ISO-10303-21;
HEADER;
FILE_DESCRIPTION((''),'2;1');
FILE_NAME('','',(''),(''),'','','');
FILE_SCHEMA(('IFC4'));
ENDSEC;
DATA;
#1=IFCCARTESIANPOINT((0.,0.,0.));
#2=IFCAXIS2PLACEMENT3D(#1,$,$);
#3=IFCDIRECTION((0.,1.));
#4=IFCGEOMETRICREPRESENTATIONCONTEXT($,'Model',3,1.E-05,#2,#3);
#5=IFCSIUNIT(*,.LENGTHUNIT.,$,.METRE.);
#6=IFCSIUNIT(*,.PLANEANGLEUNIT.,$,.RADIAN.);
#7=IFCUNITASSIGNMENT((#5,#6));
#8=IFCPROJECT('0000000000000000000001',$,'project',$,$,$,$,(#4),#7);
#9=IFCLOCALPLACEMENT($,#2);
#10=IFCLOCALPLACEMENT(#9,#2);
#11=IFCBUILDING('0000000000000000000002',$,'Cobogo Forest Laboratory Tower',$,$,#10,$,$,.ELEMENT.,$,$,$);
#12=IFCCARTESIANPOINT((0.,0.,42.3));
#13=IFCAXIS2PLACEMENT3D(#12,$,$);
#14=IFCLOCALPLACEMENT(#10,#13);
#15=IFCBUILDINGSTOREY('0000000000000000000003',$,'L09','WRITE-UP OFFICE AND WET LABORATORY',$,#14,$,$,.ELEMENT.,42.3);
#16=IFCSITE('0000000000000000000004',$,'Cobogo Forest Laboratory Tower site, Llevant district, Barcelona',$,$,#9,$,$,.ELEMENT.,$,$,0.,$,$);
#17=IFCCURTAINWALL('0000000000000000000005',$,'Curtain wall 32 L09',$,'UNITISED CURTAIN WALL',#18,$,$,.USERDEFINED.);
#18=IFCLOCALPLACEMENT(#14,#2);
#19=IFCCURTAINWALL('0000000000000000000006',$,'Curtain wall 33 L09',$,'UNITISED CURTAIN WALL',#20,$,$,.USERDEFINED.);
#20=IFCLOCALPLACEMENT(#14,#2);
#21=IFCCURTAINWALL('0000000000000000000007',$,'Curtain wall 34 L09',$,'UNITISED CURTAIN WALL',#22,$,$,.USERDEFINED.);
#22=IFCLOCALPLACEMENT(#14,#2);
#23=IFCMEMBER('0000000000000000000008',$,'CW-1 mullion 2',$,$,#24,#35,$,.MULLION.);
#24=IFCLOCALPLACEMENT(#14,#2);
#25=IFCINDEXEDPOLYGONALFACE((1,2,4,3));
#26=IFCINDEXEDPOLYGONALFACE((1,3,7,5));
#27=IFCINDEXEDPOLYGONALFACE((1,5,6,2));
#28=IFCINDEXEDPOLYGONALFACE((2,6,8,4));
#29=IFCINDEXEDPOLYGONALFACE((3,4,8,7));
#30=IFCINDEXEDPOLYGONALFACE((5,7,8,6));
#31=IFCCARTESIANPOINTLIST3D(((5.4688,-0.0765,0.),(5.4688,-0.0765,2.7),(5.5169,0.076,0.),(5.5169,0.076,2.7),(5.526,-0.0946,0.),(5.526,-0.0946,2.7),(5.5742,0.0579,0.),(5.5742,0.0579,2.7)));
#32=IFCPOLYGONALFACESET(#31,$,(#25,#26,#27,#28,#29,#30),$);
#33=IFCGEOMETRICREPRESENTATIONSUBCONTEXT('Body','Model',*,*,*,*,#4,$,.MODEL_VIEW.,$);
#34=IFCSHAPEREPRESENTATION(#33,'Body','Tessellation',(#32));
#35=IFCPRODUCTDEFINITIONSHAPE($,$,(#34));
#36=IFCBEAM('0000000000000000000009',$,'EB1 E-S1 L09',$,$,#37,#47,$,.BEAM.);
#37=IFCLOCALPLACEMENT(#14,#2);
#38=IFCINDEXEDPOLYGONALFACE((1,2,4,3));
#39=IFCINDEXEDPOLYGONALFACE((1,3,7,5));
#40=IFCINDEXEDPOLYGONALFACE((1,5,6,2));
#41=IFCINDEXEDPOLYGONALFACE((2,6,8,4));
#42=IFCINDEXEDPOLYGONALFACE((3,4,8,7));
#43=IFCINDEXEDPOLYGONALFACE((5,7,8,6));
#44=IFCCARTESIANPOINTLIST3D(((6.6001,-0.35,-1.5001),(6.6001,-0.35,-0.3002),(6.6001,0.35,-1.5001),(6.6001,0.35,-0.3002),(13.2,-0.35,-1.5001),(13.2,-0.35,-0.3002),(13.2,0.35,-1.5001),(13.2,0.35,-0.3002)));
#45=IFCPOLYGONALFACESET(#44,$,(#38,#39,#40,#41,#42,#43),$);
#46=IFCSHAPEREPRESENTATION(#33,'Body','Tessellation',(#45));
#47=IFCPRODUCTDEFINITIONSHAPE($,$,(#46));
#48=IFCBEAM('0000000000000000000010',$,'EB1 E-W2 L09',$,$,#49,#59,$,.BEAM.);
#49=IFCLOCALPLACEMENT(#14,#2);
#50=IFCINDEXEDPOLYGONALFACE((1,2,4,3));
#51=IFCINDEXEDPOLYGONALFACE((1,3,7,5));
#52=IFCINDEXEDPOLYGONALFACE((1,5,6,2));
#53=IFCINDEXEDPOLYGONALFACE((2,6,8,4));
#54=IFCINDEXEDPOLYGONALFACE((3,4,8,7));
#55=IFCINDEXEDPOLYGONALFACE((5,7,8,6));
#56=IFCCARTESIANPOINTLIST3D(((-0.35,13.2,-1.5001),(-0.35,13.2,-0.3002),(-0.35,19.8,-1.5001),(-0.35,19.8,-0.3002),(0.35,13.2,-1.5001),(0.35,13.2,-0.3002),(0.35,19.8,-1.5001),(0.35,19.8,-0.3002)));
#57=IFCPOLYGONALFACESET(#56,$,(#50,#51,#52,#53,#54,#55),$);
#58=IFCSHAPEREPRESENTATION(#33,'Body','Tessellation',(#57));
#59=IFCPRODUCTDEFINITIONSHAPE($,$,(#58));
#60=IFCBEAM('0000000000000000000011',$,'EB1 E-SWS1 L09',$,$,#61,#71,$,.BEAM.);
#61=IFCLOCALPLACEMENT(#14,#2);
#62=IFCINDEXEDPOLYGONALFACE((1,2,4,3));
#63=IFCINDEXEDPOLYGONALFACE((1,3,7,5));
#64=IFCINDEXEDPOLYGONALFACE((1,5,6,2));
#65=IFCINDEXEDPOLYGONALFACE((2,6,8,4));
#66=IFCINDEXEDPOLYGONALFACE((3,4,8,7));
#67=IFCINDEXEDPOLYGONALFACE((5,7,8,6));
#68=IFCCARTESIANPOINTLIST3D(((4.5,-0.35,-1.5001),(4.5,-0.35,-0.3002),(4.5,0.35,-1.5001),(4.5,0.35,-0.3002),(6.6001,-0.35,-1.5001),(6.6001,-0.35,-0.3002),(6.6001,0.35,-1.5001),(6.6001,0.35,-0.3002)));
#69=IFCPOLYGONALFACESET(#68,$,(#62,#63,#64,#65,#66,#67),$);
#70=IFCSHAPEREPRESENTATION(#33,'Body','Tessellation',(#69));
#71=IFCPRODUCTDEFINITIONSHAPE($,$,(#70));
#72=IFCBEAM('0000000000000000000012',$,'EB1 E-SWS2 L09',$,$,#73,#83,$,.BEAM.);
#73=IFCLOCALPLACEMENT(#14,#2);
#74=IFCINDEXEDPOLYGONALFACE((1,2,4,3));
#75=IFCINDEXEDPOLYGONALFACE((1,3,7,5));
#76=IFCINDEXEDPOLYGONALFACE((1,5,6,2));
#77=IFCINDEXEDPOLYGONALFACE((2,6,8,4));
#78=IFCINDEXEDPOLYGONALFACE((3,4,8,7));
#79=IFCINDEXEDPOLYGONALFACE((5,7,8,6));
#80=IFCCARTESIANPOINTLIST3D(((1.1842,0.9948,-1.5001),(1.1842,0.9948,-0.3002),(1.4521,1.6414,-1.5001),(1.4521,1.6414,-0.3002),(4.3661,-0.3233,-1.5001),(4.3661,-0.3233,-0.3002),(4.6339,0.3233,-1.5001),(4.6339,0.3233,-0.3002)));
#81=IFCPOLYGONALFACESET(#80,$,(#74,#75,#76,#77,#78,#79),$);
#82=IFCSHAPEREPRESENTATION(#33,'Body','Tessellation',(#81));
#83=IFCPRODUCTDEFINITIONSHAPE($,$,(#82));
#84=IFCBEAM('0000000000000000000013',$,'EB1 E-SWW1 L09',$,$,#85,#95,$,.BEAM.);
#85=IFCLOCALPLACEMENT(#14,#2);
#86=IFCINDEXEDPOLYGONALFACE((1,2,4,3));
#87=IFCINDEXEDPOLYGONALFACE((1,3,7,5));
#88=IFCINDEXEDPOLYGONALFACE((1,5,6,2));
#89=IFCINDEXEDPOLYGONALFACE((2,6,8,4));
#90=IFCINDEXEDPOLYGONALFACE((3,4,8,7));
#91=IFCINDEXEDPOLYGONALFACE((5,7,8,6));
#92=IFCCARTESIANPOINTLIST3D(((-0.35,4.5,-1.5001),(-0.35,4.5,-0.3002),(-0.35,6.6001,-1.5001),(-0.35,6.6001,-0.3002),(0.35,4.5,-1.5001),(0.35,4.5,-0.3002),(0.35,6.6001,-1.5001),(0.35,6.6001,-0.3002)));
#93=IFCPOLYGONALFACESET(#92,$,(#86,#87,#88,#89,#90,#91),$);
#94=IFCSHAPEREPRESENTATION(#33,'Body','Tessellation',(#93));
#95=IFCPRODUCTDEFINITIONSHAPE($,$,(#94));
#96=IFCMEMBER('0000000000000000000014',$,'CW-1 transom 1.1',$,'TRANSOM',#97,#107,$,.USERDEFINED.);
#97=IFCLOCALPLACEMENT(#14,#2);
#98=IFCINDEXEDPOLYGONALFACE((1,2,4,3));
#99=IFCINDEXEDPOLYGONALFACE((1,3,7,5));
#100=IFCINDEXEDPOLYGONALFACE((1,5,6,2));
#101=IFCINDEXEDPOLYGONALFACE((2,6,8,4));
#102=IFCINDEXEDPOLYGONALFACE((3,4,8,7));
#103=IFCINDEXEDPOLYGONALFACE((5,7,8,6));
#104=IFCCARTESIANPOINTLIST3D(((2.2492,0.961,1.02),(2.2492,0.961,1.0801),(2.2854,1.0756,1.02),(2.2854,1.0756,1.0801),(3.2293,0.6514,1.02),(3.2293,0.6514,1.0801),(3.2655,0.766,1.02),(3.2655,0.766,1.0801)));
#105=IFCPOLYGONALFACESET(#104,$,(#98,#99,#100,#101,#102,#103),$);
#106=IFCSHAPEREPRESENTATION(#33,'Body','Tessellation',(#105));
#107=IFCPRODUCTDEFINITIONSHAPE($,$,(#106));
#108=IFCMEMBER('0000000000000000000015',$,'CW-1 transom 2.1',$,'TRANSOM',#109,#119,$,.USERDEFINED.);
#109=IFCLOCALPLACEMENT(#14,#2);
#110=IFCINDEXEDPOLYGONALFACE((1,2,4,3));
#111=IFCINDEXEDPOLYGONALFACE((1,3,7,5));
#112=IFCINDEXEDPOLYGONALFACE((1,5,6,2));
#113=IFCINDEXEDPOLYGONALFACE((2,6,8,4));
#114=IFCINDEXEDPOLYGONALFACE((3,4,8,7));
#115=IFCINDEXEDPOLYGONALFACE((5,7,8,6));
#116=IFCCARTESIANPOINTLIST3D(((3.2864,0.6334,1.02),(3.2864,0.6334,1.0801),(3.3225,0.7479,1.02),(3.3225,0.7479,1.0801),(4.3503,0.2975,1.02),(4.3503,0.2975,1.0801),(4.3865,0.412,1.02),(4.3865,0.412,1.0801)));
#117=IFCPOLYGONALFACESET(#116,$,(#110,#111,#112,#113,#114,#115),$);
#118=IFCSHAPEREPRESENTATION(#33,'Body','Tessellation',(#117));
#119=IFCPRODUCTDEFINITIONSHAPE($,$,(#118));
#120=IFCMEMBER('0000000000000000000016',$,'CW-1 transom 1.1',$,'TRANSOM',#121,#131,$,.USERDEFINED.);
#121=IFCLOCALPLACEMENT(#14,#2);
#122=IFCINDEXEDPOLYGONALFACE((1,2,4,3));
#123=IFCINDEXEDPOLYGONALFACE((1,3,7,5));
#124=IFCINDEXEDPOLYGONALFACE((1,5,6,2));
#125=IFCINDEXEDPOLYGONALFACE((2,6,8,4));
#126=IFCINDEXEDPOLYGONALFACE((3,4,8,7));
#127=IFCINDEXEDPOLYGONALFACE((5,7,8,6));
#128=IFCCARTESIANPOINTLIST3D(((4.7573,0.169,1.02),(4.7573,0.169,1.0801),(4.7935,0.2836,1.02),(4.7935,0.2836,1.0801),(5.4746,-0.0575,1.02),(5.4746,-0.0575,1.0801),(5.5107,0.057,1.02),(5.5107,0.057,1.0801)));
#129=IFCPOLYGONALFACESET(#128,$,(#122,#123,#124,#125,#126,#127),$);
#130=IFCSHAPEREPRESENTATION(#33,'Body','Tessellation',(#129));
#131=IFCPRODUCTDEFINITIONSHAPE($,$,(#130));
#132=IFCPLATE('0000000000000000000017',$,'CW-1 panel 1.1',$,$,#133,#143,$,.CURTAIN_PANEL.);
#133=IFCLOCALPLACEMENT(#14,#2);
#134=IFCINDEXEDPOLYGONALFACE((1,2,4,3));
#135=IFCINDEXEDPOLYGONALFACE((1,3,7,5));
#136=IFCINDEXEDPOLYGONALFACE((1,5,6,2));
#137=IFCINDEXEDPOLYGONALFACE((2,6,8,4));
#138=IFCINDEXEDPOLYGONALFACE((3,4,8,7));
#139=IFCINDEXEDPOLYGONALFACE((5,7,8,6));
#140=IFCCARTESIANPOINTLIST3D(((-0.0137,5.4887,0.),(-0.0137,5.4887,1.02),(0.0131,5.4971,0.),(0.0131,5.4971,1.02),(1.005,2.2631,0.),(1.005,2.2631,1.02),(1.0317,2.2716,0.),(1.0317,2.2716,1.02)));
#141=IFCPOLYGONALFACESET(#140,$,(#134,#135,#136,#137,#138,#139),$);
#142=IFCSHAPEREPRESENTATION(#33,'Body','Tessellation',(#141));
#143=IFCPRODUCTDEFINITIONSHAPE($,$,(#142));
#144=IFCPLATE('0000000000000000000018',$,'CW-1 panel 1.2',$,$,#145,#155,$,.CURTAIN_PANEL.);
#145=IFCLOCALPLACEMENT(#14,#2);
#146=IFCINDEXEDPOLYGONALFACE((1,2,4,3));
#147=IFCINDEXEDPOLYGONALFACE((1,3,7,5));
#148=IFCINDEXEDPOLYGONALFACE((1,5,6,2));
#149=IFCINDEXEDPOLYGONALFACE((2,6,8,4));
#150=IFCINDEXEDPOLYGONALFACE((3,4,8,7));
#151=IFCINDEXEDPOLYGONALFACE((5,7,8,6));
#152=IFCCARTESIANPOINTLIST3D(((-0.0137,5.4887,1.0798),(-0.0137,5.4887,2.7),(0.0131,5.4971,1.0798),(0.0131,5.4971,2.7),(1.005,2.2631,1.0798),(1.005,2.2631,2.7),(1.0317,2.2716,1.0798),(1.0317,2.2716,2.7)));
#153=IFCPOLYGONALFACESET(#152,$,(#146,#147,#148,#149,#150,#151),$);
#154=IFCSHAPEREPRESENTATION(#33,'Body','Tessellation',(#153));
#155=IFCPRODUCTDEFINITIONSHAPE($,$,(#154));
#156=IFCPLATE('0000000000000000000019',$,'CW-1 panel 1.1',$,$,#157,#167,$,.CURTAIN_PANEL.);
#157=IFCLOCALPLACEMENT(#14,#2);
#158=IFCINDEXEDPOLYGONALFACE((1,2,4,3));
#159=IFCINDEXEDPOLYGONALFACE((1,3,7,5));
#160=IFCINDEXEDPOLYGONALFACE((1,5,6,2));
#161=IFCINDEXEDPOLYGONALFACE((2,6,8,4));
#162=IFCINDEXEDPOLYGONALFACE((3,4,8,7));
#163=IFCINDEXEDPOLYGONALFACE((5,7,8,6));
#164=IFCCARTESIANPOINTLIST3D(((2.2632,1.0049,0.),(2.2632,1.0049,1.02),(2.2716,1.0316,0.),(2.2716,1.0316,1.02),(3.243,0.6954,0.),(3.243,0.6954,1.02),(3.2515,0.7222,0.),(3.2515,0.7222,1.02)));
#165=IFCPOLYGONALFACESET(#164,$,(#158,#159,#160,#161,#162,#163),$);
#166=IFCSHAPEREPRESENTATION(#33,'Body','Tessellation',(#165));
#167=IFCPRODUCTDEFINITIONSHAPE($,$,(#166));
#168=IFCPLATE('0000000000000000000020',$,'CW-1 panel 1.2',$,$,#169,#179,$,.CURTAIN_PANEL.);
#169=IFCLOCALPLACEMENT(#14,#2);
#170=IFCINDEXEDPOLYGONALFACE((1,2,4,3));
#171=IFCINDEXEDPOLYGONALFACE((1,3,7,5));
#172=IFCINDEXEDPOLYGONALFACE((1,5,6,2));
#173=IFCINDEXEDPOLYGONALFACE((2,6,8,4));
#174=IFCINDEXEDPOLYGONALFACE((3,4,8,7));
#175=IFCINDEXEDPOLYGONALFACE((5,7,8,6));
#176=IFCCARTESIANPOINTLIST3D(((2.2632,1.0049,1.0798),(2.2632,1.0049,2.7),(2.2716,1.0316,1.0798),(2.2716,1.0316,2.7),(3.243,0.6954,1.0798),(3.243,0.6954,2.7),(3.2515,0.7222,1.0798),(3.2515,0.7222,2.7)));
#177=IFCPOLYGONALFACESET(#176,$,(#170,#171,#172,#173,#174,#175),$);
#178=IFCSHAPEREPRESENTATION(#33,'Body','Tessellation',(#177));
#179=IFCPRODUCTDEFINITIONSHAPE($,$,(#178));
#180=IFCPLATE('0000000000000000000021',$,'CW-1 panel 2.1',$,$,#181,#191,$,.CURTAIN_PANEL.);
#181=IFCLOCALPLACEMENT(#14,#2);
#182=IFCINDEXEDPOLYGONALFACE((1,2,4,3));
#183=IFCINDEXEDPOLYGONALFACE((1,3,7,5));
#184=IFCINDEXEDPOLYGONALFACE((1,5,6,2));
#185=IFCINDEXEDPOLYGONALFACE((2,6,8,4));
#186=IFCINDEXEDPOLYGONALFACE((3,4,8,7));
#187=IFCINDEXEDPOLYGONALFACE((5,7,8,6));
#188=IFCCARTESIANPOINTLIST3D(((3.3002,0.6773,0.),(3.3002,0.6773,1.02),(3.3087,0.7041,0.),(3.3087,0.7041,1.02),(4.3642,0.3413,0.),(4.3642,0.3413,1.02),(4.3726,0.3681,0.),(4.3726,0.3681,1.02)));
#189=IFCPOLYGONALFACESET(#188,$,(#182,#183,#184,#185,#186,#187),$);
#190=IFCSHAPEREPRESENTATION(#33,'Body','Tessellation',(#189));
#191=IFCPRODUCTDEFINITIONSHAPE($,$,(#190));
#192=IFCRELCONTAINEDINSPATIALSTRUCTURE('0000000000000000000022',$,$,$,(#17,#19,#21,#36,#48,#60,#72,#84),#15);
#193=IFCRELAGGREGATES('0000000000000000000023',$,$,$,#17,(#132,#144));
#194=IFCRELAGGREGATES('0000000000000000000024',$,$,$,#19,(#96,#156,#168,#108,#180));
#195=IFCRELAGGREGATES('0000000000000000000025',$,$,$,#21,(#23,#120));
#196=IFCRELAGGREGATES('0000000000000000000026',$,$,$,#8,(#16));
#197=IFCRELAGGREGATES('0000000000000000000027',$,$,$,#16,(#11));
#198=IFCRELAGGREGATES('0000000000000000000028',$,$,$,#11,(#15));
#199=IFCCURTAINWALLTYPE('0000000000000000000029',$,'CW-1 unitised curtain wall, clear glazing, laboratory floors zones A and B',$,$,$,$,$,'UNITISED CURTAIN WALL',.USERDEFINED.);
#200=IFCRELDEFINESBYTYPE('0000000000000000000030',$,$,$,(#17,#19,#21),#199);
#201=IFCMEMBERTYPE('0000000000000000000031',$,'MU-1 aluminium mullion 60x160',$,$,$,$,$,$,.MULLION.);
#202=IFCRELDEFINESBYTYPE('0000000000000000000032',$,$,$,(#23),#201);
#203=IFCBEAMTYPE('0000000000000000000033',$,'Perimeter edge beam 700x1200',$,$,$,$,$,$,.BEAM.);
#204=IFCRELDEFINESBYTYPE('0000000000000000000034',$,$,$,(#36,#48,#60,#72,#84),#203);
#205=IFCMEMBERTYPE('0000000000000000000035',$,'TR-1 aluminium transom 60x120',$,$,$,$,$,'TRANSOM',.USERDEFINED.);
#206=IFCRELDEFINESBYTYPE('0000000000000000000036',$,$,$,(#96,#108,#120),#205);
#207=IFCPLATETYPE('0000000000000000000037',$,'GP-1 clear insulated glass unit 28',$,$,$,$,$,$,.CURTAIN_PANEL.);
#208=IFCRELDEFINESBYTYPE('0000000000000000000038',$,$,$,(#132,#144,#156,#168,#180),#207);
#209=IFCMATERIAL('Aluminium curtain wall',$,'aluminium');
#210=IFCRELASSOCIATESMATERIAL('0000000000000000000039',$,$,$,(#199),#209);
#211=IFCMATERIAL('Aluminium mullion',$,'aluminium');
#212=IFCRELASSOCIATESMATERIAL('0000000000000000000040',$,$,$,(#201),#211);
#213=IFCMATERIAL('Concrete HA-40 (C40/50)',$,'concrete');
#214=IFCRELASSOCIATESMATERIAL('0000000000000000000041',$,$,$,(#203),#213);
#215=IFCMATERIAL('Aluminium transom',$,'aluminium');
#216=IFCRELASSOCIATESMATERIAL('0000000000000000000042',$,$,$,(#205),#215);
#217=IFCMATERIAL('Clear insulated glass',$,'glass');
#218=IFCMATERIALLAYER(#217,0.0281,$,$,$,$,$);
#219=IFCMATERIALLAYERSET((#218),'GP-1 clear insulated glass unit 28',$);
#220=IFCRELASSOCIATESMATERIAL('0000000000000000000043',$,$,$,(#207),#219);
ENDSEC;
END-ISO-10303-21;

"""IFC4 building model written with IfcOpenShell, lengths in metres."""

from ifc_helpers import new_model, si_unit, direction, frame, origin, origin_2d, place, context, subcontext, project, spatial, rectangle, extrude, material, layer, layer_set, material_profile, profile_set, type_object, element, aggregate, save


model = new_model("IFC4")

# Units and contexts
model_context = context("Model", 3, precision=1e-05, world=origin(), true_north=direction((0.0, 1.0)))
body_context = subcontext(model_context, "Body", "Model", "MODEL_VIEW")
ifc_project = project(units=[si_unit("LENGTHUNIT", "METRE"), si_unit("PLANEANGLEUNIT", "RADIAN")], contexts=[model_context])

# Site, building, storey
site_placement = place(None, origin())
site = spatial("IfcSite", under=ifc_project, at=site_placement, Name="Cobogo Forest Laboratory Tower site, Llevant district, Barcelona", CompositionType="ELEMENT", RefElevation=0.0)
building_placement = place(site_placement, origin())
building = spatial("IfcBuilding", under=site, at=building_placement, Name="Cobogo Forest Laboratory Tower", CompositionType="ELEMENT")
storey_placement = place(building_placement, frame((0.0, 0.0, 42.3)))
storey = spatial("IfcBuildingStorey", under=building, at=storey_placement, Name="L09", Description="WRITE-UP OFFICE AND WET LABORATORY", CompositionType="ELEMENT", Elevation=42.3)

# Shared definitions
ifc_material_1 = material(Name="Concrete HA-40 (C40/50)", Category="concrete")

# Curtain wall
ifc_material_2 = material(Name="Aluminium curtain wall", Category="aluminium")
curtain_wall_type = type_object("IfcCurtainWallType", Name="CW-1 unitised curtain wall, clear glazing, laboratory floors zones A and B", ElementType="UNITISED CURTAIN WALL", PredefinedType="USERDEFINED", material=ifc_material_2)
curtain_wall_1_placement = place(storey_placement, origin())
curtain_wall_1 = element("IfcCurtainWall", 1, at=curtain_wall_1_placement, inside=storey, type_object=curtain_wall_type, Name="Curtain wall 32 L09", ObjectType="UNITISED CURTAIN WALL", PredefinedType="USERDEFINED")
ifc_material_3 = material(Name="Aluminium mullion", Category="aluminium")
ifc_material_profile_1 = material_profile(ifc_material_3, rectangle(XDim=0.0601, YDim=0.1599, at=origin_2d()), Name="AL 60x160")
ifc_profile_set_1 = profile_set([ifc_material_profile_1], Name="Aluminium mullion")
member_type_1 = type_object("IfcMemberType", Name="MU-1 aluminium mullion 60x160", PredefinedType="MULLION", material=ifc_profile_set_1)

# Curtain walls, member
curtain_wall_2_placement = place(storey_placement, origin())
curtain_wall_2 = element("IfcCurtainWall", 2, at=curtain_wall_2_placement, inside=storey, type_object=curtain_wall_type, Name="Curtain wall 33 L09", ObjectType="UNITISED CURTAIN WALL", PredefinedType="USERDEFINED")
curtain_wall_3_placement = place(storey_placement, origin())
curtain_wall_3 = element("IfcCurtainWall", 3, at=curtain_wall_3_placement, inside=storey, type_object=curtain_wall_type, Name="Curtain wall 34 L09", ObjectType="UNITISED CURTAIN WALL", PredefinedType="USERDEFINED")
member_1_placement = place(storey_placement, frame((5.5215, -0.0093, 0.0), z_axis=(0.0, 0.0, 1.0), x_axis=(0.953582, -0.301135, 0.0)))
member_1 = element("IfcMember", 4, at=member_1_placement, type_object=member_type_1, Name="CW-1 mullion 2", PredefinedType="MULLION", context=body_context, shape_type="SweptSolid", body=[
    extrude(rectangle(XDim=0.0601, YDim=0.1599, at=origin_2d()), origin(), (0.0, 0.0, 1.0), 2.7),
])

# Beams
ifc_material_profile_2 = material_profile(ifc_material_1, rectangle(XDim=0.7, YDim=1.2, at=origin_2d()), Name="RC 700x1200")
ifc_profile_set_2 = profile_set([ifc_material_profile_2], Name="Concrete HA-40 (C40/50)")
beam_type_1 = type_object("IfcBeamType", Name="Perimeter edge beam 700x1200", PredefinedType="BEAM", material=ifc_profile_set_2)
beam_1_placement = place(storey_placement, frame((6.6001, 0.0, -0.9001), z_axis=(1.0, 0.0, 0.0), x_axis=(0.0, 1.0, 0.0)))
element("IfcBeam", 5, at=beam_1_placement, inside=storey, type_object=beam_type_1, Name="EB1 E-S1 L09", PredefinedType="BEAM", context=body_context, shape_type="SweptSolid", body=[
    extrude(rectangle(XDim=0.7, YDim=1.2, at=origin_2d()), origin(), (0.0, 0.0, 1.0), 6.5999),
])
beam_2_placement = place(storey_placement, frame((0.0, 13.2, -0.9001), z_axis=(0.0, 1.0, 0.0), x_axis=(-1.0, 0.0, 0.0)))
element("IfcBeam", 6, at=beam_2_placement, inside=storey, type_object=beam_type_1, Name="EB1 E-W2 L09", PredefinedType="BEAM", context=body_context, shape_type="SweptSolid", body=[
    extrude(rectangle(XDim=0.7, YDim=1.2, at=origin_2d()), origin(), (0.0, 0.0, 1.0), 6.6001),
])
beam_3_placement = place(storey_placement, frame((6.6001, 0.0, -0.9001), z_axis=(-1.0, 0.0, 0.0), x_axis=(0.0, -1.0, 0.0)))
element("IfcBeam", 7, at=beam_3_placement, inside=storey, type_object=beam_type_1, Name="EB1 E-SWS1 L09", PredefinedType="BEAM", context=body_context, shape_type="SweptSolid", body=[
    extrude(rectangle(XDim=0.7, YDim=1.2, at=origin_2d()), origin(), (0.0, 0.0, 1.0), 2.1001),
])
beam_4_placement = place(storey_placement, frame((4.5, 0.0, -0.9001), z_axis=(-0.923866, 0.382717, 0.0), x_axis=(-0.382717, -0.923866, 0.0)))
element("IfcBeam", 8, at=beam_4_placement, inside=storey, type_object=beam_type_1, Name="EB1 E-SWS2 L09", PredefinedType="BEAM", context=body_context, shape_type="SweptSolid", body=[
    extrude(rectangle(XDim=0.7, YDim=1.2, at=origin_2d()), origin(), (0.0, 0.0, 1.0), 3.4441),
])
beam_5_placement = place(storey_placement, frame((0.0, 6.6001, -0.9001), z_axis=(0.0, -1.0, 0.0), x_axis=(1.0, 0.0, 0.0)))
element("IfcBeam", 9, at=beam_5_placement, inside=storey, type_object=beam_type_1, Name="EB1 E-SWW1 L09", PredefinedType="BEAM", context=body_context, shape_type="SweptSolid", body=[
    extrude(rectangle(XDim=0.7, YDim=1.2, at=origin_2d()), origin(), (0.0, 0.0, 1.0), 2.1001),
])

# Members
ifc_material_4 = material(Name="Aluminium transom", Category="aluminium")
ifc_material_profile_3 = material_profile(ifc_material_4, rectangle(XDim=0.1201, YDim=0.0601, at=origin_2d()), Name="AL 60x120")
ifc_profile_set_3 = profile_set([ifc_material_profile_3], Name="Aluminium transom")
member_type_2 = type_object("IfcMemberType", Name="TR-1 aluminium transom 60x120", ElementType="TRANSOM", PredefinedType="USERDEFINED", material=ifc_profile_set_3)
member_2_placement = place(storey_placement, frame((2.2673, 1.0183, 1.05), z_axis=(0.953554, -0.301222, 0.0), x_axis=(0.301222, 0.953554, 0.0)))
member_2 = element("IfcMember", 10, at=member_2_placement, type_object=member_type_2, Name="CW-1 transom 1.1", ObjectType="TRANSOM", PredefinedType="USERDEFINED", context=body_context, shape_type="SweptSolid", body=[
    extrude(rectangle(XDim=0.1201, YDim=0.0601, at=origin_2d()), origin(), (0.0, 0.0, 1.0), 1.0278),
])
member_3_placement = place(storey_placement, frame((3.3044, 0.6907, 1.05), z_axis=(0.953596, -0.301089, 0.0), x_axis=(0.301089, 0.953596, 0.0)))
member_3 = element("IfcMember", 11, at=member_3_placement, type_object=member_type_2, Name="CW-1 transom 2.1", ObjectType="TRANSOM", PredefinedType="USERDEFINED", context=body_context, shape_type="SweptSolid", body=[
    extrude(rectangle(XDim=0.1201, YDim=0.0601, at=origin_2d()), origin(), (0.0, 0.0, 1.0), 1.1157),
])
member_4_placement = place(storey_placement, frame((4.7754, 0.2263, 1.05), z_axis=(0.953563, -0.301194, 0.0), x_axis=(0.301194, 0.953563, 0.0)))
member_4 = element("IfcMember", 12, at=member_4_placement, type_object=member_type_2, Name="CW-1 transom 1.1", ObjectType="TRANSOM", PredefinedType="USERDEFINED", context=body_context, shape_type="SweptSolid", body=[
    extrude(rectangle(XDim=0.1201, YDim=0.0601, at=origin_2d()), origin(), (0.0, 0.0, 1.0), 0.7522),
])

# Plates
ifc_material_5 = material(Name="Clear insulated glass", Category="glass")
ifc_layer_1 = layer(ifc_material_5, 0.0281)
ifc_layer_set_1 = layer_set([ifc_layer_1], Name="GP-1 clear insulated glass unit 28")
plate_type = type_object("IfcPlateType", Name="GP-1 clear insulated glass unit 28", PredefinedType="CURTAIN_PANEL", material=ifc_layer_set_1)
plate_1_placement = place(storey_placement, frame((0.509, 3.8801, 0.0), z_axis=(0.0, 0.0, 1.0), x_axis=(0.301135, -0.953581, 0.0)))
plate_1 = element("IfcPlate", 13, at=plate_1_placement, type_object=plate_type, Name="CW-1 panel 1.1", PredefinedType="CURTAIN_PANEL", context=body_context, shape_type="SweptSolid", body=[
    extrude(rectangle(XDim=3.3826, YDim=0.0281, at=origin_2d()), origin(), (0.0, 0.0, 1.0), 1.02),
])
plate_2_placement = place(storey_placement, frame((0.509, 3.8801, 1.0798), z_axis=(0.0, 0.0, 1.0), x_axis=(0.301135, -0.953581, 0.0)))
plate_2 = element("IfcPlate", 14, at=plate_2_placement, type_object=plate_type, Name="CW-1 panel 1.2", PredefinedType="CURTAIN_PANEL", context=body_context, shape_type="SweptSolid", body=[
    extrude(rectangle(XDim=3.3826, YDim=0.0281, at=origin_2d()), origin(), (0.0, 0.0, 1.0), 1.6201),
])
aggregate(curtain_wall_1, [plate_1, plate_2])
plate_3_placement = place(storey_placement, frame((2.7573, 0.8635, 0.0), z_axis=(0.0, 0.0, 1.0), x_axis=(0.953581, -0.301135, 0.0)))
plate_3 = element("IfcPlate", 15, at=plate_3_placement, type_object=plate_type, Name="CW-1 panel 1.1", PredefinedType="CURTAIN_PANEL", context=body_context, shape_type="SweptSolid", body=[
    extrude(rectangle(XDim=1.0276, YDim=0.0281, at=origin_2d()), origin(), (0.0, 0.0, 1.0), 1.02),
])
plate_4_placement = place(storey_placement, frame((2.7573, 0.8635, 1.0798), z_axis=(0.0, 0.0, 1.0), x_axis=(0.953581, -0.301135, 0.0)))
plate_4 = element("IfcPlate", 16, at=plate_4_placement, type_object=plate_type, Name="CW-1 panel 1.2", PredefinedType="CURTAIN_PANEL", context=body_context, shape_type="SweptSolid", body=[
    extrude(rectangle(XDim=1.0276, YDim=0.0281, at=origin_2d()), origin(), (0.0, 0.0, 1.0), 1.6201),
])
plate_5_placement = place(storey_placement, frame((3.8364, 0.5227, 0.0), z_axis=(0.0, 0.0, 1.0), x_axis=(0.953581, -0.301135, 0.0)))
plate_5 = element("IfcPlate", 17, at=plate_5_placement, type_object=plate_type, Name="CW-1 panel 2.1", PredefinedType="CURTAIN_PANEL", context=body_context, shape_type="SweptSolid", body=[
    extrude(rectangle(XDim=1.1157, YDim=0.0281, at=origin_2d()), origin(), (0.0, 0.0, 1.0), 1.02),
])
aggregate(curtain_wall_2, [member_2, plate_3, plate_4, member_3, plate_5])
aggregate(curtain_wall_3, [member_1, member_4])

save(model, "model.ifc")
